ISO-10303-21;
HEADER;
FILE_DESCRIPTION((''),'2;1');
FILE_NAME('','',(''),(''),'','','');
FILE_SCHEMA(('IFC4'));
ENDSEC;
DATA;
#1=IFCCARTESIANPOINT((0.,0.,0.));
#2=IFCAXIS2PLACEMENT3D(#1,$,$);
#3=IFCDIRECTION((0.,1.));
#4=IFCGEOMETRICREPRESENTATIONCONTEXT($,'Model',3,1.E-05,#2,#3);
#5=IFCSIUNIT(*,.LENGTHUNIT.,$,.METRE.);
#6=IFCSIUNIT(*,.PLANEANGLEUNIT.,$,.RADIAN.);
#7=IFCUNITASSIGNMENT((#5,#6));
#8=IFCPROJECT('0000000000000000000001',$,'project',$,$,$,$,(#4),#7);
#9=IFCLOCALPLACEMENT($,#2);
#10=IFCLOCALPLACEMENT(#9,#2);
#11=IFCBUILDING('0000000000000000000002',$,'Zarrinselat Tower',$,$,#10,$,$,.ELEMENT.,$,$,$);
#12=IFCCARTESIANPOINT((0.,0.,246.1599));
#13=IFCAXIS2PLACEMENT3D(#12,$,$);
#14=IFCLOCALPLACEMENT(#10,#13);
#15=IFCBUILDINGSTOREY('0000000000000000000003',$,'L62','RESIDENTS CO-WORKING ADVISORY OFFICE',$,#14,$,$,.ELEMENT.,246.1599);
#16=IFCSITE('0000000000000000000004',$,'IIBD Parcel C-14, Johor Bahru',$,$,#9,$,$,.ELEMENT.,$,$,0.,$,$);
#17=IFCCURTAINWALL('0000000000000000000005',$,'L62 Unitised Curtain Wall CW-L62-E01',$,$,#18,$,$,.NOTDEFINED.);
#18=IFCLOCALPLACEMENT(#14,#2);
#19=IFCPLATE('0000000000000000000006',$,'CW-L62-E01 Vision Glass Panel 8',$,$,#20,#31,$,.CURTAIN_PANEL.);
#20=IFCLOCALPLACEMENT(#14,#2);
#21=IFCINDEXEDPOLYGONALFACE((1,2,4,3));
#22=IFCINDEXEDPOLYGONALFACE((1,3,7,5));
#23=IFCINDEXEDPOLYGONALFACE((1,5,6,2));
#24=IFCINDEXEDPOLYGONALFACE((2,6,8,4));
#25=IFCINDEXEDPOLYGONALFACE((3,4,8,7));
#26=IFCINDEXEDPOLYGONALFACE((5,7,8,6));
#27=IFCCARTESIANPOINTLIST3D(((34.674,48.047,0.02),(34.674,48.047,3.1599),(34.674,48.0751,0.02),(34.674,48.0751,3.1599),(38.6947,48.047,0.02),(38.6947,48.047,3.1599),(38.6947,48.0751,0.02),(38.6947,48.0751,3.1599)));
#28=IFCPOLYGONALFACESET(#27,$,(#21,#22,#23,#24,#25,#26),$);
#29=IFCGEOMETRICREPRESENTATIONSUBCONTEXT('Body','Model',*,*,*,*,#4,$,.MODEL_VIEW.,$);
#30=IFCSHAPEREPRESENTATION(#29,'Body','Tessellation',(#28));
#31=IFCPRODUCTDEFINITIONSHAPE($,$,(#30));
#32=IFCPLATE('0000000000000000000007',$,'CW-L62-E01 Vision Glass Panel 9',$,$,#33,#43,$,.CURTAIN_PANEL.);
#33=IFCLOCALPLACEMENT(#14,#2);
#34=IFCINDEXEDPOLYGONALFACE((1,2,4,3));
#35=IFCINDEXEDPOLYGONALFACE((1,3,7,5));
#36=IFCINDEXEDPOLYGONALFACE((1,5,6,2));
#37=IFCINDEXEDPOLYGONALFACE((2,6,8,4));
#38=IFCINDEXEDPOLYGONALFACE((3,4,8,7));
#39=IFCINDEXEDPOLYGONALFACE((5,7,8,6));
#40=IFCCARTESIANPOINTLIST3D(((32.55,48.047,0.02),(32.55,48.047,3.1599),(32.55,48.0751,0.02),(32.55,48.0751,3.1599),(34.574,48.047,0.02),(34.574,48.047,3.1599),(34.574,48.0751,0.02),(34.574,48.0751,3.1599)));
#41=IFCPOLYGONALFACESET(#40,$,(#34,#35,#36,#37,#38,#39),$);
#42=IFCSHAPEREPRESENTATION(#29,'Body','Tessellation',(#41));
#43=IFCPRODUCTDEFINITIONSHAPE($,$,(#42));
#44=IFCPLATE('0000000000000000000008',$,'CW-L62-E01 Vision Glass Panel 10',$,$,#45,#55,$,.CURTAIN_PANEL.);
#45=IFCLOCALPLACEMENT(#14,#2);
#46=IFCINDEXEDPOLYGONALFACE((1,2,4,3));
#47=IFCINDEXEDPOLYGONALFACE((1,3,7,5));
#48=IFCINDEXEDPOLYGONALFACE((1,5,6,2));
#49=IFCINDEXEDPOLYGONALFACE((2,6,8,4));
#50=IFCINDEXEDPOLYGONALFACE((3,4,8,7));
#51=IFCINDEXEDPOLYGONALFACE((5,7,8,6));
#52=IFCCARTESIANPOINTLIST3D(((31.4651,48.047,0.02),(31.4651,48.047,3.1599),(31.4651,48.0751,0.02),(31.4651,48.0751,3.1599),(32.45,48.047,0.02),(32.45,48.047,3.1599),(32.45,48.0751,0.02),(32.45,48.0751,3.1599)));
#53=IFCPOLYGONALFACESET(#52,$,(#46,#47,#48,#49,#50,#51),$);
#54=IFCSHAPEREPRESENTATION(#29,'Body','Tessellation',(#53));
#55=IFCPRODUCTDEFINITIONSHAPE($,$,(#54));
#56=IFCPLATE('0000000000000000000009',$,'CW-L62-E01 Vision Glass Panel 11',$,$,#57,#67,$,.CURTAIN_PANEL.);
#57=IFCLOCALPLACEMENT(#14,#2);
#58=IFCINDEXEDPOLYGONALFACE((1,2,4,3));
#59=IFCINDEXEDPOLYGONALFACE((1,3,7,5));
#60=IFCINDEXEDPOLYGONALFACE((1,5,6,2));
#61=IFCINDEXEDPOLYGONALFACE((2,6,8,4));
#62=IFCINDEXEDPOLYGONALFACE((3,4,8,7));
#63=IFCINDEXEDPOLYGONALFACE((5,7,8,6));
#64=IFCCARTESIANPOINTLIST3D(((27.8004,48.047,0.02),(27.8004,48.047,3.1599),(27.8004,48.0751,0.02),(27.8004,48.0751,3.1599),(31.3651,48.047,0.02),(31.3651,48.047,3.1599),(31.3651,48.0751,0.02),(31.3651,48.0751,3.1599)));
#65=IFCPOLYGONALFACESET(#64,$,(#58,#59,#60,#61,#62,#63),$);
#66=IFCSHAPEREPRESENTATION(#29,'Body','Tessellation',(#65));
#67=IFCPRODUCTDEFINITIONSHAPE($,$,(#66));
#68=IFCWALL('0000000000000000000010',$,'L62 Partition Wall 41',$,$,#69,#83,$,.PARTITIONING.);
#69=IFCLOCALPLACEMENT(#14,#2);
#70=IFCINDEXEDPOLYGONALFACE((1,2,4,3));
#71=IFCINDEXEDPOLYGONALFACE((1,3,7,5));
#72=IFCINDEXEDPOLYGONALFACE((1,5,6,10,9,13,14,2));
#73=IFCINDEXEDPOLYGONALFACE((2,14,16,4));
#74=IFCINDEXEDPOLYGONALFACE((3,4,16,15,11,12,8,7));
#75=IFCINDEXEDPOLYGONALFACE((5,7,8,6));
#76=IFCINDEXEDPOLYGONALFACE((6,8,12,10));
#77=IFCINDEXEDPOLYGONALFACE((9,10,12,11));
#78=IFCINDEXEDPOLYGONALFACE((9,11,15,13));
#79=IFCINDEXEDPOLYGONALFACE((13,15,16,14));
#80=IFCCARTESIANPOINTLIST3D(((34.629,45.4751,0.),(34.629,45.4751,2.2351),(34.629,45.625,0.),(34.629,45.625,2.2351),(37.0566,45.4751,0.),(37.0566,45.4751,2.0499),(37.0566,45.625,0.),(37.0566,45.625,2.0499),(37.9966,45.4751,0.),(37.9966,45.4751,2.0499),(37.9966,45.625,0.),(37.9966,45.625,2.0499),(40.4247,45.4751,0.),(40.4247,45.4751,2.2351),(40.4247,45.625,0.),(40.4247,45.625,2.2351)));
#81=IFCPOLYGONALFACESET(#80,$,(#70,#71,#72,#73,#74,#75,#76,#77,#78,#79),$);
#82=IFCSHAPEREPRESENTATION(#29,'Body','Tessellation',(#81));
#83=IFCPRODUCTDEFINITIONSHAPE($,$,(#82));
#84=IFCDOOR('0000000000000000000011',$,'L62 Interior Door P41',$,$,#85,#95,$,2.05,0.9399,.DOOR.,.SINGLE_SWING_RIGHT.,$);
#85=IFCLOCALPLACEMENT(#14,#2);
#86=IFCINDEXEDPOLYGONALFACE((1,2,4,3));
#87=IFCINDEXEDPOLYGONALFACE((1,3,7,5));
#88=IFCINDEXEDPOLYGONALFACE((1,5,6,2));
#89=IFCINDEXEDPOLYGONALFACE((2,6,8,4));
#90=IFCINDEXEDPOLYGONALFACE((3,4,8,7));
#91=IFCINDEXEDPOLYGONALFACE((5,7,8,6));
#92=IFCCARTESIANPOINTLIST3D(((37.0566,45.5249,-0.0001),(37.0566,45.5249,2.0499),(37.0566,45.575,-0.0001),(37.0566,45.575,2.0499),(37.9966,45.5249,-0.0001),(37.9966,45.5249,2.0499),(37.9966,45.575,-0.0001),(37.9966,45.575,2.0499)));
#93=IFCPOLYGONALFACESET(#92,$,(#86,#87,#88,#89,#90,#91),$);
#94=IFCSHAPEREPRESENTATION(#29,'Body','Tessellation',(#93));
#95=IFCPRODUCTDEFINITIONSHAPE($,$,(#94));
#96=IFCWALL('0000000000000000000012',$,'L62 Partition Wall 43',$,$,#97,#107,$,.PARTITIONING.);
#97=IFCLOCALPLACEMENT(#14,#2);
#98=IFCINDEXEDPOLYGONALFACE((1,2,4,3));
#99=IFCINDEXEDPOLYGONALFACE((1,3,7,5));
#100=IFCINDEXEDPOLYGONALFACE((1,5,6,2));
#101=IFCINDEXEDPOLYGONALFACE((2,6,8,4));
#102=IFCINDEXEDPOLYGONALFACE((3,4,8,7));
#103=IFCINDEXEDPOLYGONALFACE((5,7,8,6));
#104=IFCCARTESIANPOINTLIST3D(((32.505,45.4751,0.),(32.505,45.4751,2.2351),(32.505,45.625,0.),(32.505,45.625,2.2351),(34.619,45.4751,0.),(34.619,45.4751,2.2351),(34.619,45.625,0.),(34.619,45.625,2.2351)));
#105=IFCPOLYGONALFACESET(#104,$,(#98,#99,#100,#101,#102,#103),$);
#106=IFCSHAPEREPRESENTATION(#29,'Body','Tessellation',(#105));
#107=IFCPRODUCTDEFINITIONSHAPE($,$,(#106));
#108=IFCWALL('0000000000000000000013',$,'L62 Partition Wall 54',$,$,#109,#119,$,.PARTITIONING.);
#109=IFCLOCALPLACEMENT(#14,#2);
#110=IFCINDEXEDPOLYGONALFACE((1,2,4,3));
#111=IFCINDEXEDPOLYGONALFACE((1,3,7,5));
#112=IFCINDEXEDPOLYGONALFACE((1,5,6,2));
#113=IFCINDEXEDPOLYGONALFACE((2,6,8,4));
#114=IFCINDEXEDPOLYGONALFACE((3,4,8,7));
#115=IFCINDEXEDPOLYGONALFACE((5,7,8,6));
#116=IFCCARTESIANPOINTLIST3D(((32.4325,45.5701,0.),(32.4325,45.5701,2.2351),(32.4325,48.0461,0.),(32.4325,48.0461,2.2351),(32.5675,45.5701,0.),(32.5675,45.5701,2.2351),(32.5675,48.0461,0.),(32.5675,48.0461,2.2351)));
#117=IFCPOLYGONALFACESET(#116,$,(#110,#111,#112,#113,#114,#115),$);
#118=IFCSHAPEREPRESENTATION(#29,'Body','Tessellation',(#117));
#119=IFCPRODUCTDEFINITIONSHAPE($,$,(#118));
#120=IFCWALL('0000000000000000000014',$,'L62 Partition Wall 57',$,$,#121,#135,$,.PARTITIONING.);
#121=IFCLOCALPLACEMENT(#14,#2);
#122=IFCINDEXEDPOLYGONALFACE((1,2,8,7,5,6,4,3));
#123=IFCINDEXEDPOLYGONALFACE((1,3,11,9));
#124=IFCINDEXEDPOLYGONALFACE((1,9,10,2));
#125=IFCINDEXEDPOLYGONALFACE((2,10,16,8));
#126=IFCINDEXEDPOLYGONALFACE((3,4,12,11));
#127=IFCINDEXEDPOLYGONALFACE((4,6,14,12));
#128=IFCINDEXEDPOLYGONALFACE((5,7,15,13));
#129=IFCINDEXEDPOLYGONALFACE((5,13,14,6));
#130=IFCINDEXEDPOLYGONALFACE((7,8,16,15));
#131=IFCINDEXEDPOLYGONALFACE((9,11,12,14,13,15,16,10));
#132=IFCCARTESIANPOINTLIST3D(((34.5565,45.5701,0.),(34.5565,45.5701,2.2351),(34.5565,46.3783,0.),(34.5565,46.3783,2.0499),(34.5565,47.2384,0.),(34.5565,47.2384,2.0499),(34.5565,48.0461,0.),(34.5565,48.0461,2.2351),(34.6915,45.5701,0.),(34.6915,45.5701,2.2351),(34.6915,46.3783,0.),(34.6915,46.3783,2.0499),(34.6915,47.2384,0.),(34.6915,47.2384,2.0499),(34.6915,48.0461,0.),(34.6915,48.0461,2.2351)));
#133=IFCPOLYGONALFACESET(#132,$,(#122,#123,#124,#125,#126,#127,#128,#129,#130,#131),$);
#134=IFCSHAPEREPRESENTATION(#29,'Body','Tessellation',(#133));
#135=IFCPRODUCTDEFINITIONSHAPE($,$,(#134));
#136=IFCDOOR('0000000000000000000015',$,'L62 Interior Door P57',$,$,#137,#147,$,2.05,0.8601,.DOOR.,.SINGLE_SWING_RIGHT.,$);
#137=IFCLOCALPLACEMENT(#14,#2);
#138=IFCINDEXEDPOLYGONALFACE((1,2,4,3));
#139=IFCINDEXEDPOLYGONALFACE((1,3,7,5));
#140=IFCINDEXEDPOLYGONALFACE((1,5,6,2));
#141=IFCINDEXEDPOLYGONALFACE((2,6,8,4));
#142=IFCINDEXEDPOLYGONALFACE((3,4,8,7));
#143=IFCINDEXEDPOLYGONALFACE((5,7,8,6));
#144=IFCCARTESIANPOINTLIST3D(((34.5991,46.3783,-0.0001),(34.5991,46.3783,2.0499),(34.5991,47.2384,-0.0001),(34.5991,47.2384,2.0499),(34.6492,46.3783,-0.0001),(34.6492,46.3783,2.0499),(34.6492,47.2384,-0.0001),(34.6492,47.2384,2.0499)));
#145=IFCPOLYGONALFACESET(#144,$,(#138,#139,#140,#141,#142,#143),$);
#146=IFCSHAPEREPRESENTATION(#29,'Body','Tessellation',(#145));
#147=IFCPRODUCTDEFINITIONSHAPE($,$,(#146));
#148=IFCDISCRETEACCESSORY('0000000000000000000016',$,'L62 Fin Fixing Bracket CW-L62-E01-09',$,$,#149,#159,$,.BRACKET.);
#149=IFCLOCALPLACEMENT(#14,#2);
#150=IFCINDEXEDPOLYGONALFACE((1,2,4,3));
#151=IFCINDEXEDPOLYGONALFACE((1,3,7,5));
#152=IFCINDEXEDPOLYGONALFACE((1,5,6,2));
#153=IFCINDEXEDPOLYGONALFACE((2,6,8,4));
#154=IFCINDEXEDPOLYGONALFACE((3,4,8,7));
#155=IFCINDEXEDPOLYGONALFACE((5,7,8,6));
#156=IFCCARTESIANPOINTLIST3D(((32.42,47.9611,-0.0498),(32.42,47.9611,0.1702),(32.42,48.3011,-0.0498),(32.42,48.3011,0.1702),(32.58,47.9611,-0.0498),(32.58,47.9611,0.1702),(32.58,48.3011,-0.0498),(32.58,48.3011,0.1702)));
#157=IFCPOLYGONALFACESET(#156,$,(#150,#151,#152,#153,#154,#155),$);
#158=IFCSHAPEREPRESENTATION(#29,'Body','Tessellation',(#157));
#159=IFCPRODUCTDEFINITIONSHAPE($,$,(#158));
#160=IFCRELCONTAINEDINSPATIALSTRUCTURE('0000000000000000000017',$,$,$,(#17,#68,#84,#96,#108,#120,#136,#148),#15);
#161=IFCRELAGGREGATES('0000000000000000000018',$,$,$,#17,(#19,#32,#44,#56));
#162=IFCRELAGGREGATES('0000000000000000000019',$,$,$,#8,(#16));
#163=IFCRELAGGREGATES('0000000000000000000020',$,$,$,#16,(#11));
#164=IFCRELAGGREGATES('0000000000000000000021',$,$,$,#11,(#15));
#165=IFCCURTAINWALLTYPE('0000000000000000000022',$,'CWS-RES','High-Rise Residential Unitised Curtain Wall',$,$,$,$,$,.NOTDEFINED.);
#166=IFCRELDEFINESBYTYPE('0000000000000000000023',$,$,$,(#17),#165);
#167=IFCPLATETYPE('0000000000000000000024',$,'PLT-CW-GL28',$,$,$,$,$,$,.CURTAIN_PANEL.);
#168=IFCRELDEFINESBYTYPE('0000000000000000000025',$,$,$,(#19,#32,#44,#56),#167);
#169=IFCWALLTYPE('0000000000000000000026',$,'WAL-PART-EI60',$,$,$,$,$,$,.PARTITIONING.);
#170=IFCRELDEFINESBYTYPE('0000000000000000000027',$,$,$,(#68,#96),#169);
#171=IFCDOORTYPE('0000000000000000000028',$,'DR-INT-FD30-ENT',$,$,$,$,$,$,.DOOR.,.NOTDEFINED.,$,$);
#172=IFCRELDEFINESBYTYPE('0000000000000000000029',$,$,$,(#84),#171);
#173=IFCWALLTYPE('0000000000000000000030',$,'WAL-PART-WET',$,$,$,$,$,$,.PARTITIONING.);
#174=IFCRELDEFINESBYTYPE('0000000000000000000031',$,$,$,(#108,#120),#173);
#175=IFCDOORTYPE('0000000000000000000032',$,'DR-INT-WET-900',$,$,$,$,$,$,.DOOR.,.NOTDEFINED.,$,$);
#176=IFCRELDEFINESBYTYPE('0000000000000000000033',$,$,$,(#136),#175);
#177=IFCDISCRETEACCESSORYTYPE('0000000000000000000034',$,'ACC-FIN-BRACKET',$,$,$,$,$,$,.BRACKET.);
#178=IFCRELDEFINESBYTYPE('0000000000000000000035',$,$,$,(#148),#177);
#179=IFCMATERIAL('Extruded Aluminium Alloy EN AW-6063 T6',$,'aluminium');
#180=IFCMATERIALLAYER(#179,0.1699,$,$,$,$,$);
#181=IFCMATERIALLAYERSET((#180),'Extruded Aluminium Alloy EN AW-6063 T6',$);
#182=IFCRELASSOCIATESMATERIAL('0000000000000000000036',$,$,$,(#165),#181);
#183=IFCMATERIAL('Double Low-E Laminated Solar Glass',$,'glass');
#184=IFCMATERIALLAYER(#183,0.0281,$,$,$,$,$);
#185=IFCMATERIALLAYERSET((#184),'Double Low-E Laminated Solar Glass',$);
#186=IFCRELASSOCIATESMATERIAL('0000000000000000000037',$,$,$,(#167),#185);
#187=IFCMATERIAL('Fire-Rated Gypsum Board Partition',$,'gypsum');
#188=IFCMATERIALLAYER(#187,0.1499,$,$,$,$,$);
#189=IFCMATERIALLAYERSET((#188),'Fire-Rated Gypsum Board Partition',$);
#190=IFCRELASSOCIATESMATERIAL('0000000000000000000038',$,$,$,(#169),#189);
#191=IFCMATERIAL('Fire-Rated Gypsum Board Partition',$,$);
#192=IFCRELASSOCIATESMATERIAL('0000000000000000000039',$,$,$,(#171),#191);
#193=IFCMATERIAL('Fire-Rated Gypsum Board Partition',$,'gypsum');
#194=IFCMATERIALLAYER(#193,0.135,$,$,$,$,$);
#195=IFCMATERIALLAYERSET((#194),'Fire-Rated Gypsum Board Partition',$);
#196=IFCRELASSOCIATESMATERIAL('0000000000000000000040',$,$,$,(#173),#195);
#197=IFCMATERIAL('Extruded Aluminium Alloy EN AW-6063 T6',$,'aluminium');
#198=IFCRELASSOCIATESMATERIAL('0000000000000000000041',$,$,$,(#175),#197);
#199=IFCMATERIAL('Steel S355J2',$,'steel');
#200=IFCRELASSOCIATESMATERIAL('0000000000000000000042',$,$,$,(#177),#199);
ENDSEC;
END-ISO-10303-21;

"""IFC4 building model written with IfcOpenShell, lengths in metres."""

from ifc_helpers import new_model, si_unit, direction, frame, frame_2d, origin, origin_2d, place, context, subcontext, project, spatial, rectangle, extrude, material, layer, layer_set, type_object, element, fill, aggregate, save


model = new_model("IFC4")

# Units and contexts
model_context = context("Model", 3, precision=1e-05, world=origin(), true_north=direction((0.0, 1.0)))
body_context = subcontext(model_context, "Body", "Model", "MODEL_VIEW")
ifc_project = project(units=[si_unit("LENGTHUNIT", "METRE"), si_unit("PLANEANGLEUNIT", "RADIAN")], contexts=[model_context])

# Site, building, storey
site_placement = place(None, origin())
site = spatial("IfcSite", under=ifc_project, at=site_placement, Name="IIBD Parcel C-14, Johor Bahru", CompositionType="ELEMENT", RefElevation=0.0)
building_placement = place(site_placement, origin())
building = spatial("IfcBuilding", under=site, at=building_placement, Name="Zarrinselat Tower", CompositionType="ELEMENT")
storey_placement = place(building_placement, frame((0.0, 0.0, 246.1599)))
storey = spatial("IfcBuildingStorey", under=building, at=storey_placement, Name="L62", Description="RESIDENTS CO-WORKING ADVISORY OFFICE", CompositionType="ELEMENT", Elevation=246.1599)

# Curtain wall, plates
ifc_material_1 = material(Name="Extruded Aluminium Alloy EN AW-6063 T6", Category="aluminium")
ifc_layer_1 = layer(ifc_material_1, 0.1699)
ifc_layer_set_1 = layer_set([ifc_layer_1], Name="Extruded Aluminium Alloy EN AW-6063 T6")
curtain_wall_type = type_object("IfcCurtainWallType", Name="CWS-RES", Description="High-Rise Residential Unitised Curtain Wall", PredefinedType="NOTDEFINED", material=ifc_layer_set_1)
curtain_wall_placement = place(storey_placement, origin())
curtain_wall = element("IfcCurtainWall", 1, at=curtain_wall_placement, inside=storey, type_object=curtain_wall_type, Name="L62 Unitised Curtain Wall CW-L62-E01", PredefinedType="NOTDEFINED")
ifc_material_2 = material(Name="Double Low-E Laminated Solar Glass", Category="glass")
ifc_layer_2 = layer(ifc_material_2, 0.0281)
ifc_layer_set_2 = layer_set([ifc_layer_2], Name="Double Low-E Laminated Solar Glass")
plate_type = type_object("IfcPlateType", Name="PLT-CW-GL28", PredefinedType="CURTAIN_PANEL", material=ifc_layer_set_2)
plate_1_placement = place(storey_placement, frame((36.6843, 48.061, 0.02), z_axis=(0.0, 0.0, 1.0), x_axis=(-1.0, 0.0, 0.0)))
plate_1 = element("IfcPlate", 2, at=plate_1_placement, type_object=plate_type, Name="CW-L62-E01 Vision Glass Panel 8", PredefinedType="CURTAIN_PANEL", context=body_context, shape_type="SweptSolid", body=[
    extrude(rectangle(XDim=4.0208, YDim=0.0281, at=origin_2d()), origin(), (0.0, 0.0, 1.0), 3.1399),
])
plate_2_placement = place(storey_placement, frame((33.562, 48.061, 0.02), z_axis=(0.0, 0.0, 1.0), x_axis=(-1.0, 0.0, 0.0)))
plate_2 = element("IfcPlate", 3, at=plate_2_placement, type_object=plate_type, Name="CW-L62-E01 Vision Glass Panel 9", PredefinedType="CURTAIN_PANEL", context=body_context, shape_type="SweptSolid", body=[
    extrude(rectangle(XDim=2.0239, YDim=0.0281, at=origin_2d()), origin(), (0.0, 0.0, 1.0), 3.1399),
])
plate_3_placement = place(storey_placement, frame((31.9575, 48.061, 0.02), z_axis=(0.0, 0.0, 1.0), x_axis=(-1.0, 0.0, 0.0)))
plate_3 = element("IfcPlate", 4, at=plate_3_placement, type_object=plate_type, Name="CW-L62-E01 Vision Glass Panel 10", PredefinedType="CURTAIN_PANEL", context=body_context, shape_type="SweptSolid", body=[
    extrude(rectangle(XDim=0.9849, YDim=0.0281, at=origin_2d()), origin(), (0.0, 0.0, 1.0), 3.1399),
])
plate_4_placement = place(storey_placement, frame((29.5828, 48.061, 0.02), z_axis=(0.0, 0.0, 1.0), x_axis=(-1.0, 0.0, 0.0)))
plate_4 = element("IfcPlate", 5, at=plate_4_placement, type_object=plate_type, Name="CW-L62-E01 Vision Glass Panel 11", PredefinedType="CURTAIN_PANEL", context=body_context, shape_type="SweptSolid", body=[
    extrude(rectangle(XDim=3.5647, YDim=0.0281, at=origin_2d()), origin(), (0.0, 0.0, 1.0), 3.1399),
])
aggregate(curtain_wall, [plate_1, plate_2, plate_3, plate_4])

# Wall, opening, door
ifc_material_3 = material(Name="Fire-Rated Gypsum Board Partition", Category="gypsum")
ifc_layer_3 = layer(ifc_material_3, 0.1499)
ifc_layer_set_3 = layer_set([ifc_layer_3], Name="Fire-Rated Gypsum Board Partition")
wall_type_1 = type_object("IfcWallType", Name="WAL-PART-EI60", PredefinedType="PARTITIONING", material=ifc_layer_set_3)
wall_1_placement = place(storey_placement, frame((34.6289, 45.55, 0.0), z_axis=(0.0, 0.0, 1.0), x_axis=(1.0, 0.0, 0.0)))
wall_1 = element("IfcWall", 6, at=wall_1_placement, inside=storey, type_object=wall_type_1, Name="L62 Partition Wall 41", PredefinedType="PARTITIONING", context=body_context, shape_type="SweptSolid", body=[
    extrude(rectangle(XDim=5.7957, YDim=0.1499, at=frame_2d((2.8979, 0.0))), origin(), (0.0, 0.0, 1.0), 2.2351),
])
opening_1_placement = place(wall_1_placement, frame((2.4277, 0.0, 0.0)))
opening_1 = element("IfcOpeningElement", 7, at=opening_1_placement, cuts=wall_1, PredefinedType="OPENING", context=body_context, shape_type="SweptSolid", body=[
    extrude(rectangle(XDim=0.9399, YDim=2.05, at=frame_2d((0.47, 1.0249))), frame((0.0, 0.085, 0.0), z_axis=(0.0, -1.0, 0.0), x_axis=(1.0, 0.0, 0.0)), (0.0, 0.0, 1.0), 0.1699),
])
ifc_material_4 = material(Name="Fire-Rated Gypsum Board Partition")
door_type_1 = type_object("IfcDoorType", Name="DR-INT-FD30-ENT", OperationType="NOTDEFINED", PredefinedType="DOOR", material=ifc_material_4)
door_1_placement = place(opening_1_placement, origin())
door_1 = element("IfcDoor", 8, at=door_1_placement, inside=storey, type_object=door_type_1, Name="L62 Interior Door P41", OperationType="SINGLE_SWING_RIGHT", OverallHeight=2.05, OverallWidth=0.9399, PredefinedType="DOOR", context=body_context, shape_type="SweptSolid", body=[
    extrude(rectangle(XDim=0.9399, YDim=2.05, at=frame_2d((0.47, 1.0249))), frame((0.0, 0.0249, 0.0), z_axis=(0.0, -1.0, 0.0), x_axis=(1.0, 0.0, 0.0)), (0.0, 0.0, 1.0), 0.05),
])
fill(opening_1, door_1)

# Walls
wall_2_placement = place(storey_placement, frame((32.5049, 45.55, 0.0), z_axis=(0.0, 0.0, 1.0), x_axis=(1.0, 0.0, 0.0)))
element("IfcWall", 9, at=wall_2_placement, inside=storey, type_object=wall_type_1, Name="L62 Partition Wall 43", PredefinedType="PARTITIONING", context=body_context, shape_type="SweptSolid", body=[
    extrude(rectangle(XDim=2.114, YDim=0.1499, at=frame_2d((1.0571, 0.0))), origin(), (0.0, 0.0, 1.0), 2.2351),
])
ifc_material_5 = material(Name="Fire-Rated Gypsum Board Partition", Category="gypsum")
ifc_layer_4 = layer(ifc_material_5, 0.135)
ifc_layer_set_4 = layer_set([ifc_layer_4], Name="Fire-Rated Gypsum Board Partition")
wall_type_2 = type_object("IfcWallType", Name="WAL-PART-WET", PredefinedType="PARTITIONING", material=ifc_layer_set_4)
wall_3_placement = place(storey_placement, frame((32.5, 45.5701, 0.0), z_axis=(0.0, 0.0, 1.0), x_axis=(0.0, 1.0, 0.0)))
element("IfcWall", 10, at=wall_3_placement, inside=storey, type_object=wall_type_2, Name="L62 Partition Wall 54", PredefinedType="PARTITIONING", context=body_context, shape_type="SweptSolid", body=[
    extrude(rectangle(XDim=2.4761, YDim=0.135, at=frame_2d((1.238, 0.0))), origin(), (0.0, 0.0, 1.0), 2.2351),
])

# Wall, opening, door
wall_4_placement = place(storey_placement, frame((34.624, 45.5701, 0.0), z_axis=(0.0, 0.0, 1.0), x_axis=(0.0, 1.0, 0.0)))
wall_4 = element("IfcWall", 11, at=wall_4_placement, inside=storey, type_object=wall_type_2, Name="L62 Partition Wall 57", PredefinedType="PARTITIONING", context=body_context, shape_type="SweptSolid", body=[
    extrude(rectangle(XDim=2.4761, YDim=0.135, at=frame_2d((1.238, 0.0))), origin(), (0.0, 0.0, 1.0), 2.2351),
])
opening_2_placement = place(wall_4_placement, frame((0.8081, 0.0, 0.0)))
opening_2 = element("IfcOpeningElement", 12, at=opening_2_placement, cuts=wall_4, PredefinedType="OPENING", context=body_context, shape_type="SweptSolid", body=[
    extrude(rectangle(XDim=0.8601, YDim=2.05, at=frame_2d((0.4302, 1.0249))), frame((0.0, 0.0774, 0.0), z_axis=(0.0, -1.0, 0.0), x_axis=(1.0, 0.0, 0.0)), (0.0, 0.0, 1.0), 0.155),
])
ifc_material_6 = material(Name="Extruded Aluminium Alloy EN AW-6063 T6", Category="aluminium")
door_type_2 = type_object("IfcDoorType", Name="DR-INT-WET-900", OperationType="NOTDEFINED", PredefinedType="DOOR", material=ifc_material_6)
door_2_placement = place(opening_2_placement, origin())
door_2 = element("IfcDoor", 13, at=door_2_placement, inside=storey, type_object=door_type_2, Name="L62 Interior Door P57", OperationType="SINGLE_SWING_RIGHT", OverallHeight=2.05, OverallWidth=0.8601, PredefinedType="DOOR", context=body_context, shape_type="SweptSolid", body=[
    extrude(rectangle(XDim=0.8601, YDim=2.05, at=frame_2d((0.4302, 1.0249))), frame((0.0, 0.0249, 0.0), z_axis=(0.0, -1.0, 0.0), x_axis=(1.0, 0.0, 0.0)), (0.0, 0.0, 1.0), 0.05),
])
fill(opening_2, door_2)

# Discrete accessory
ifc_material_7 = material(Name="Steel S355J2", Category="steel")
discrete_accessory_type = type_object("IfcDiscreteAccessoryType", Name="ACC-FIN-BRACKET", PredefinedType="BRACKET", material=ifc_material_7)
discrete_accessory_placement = place(storey_placement, frame((32.5, 48.1311, -0.0498), z_axis=(0.0, 0.0, 1.0), x_axis=(0.0, 1.0, 0.0)))
element("IfcDiscreteAccessory", 14, at=discrete_accessory_placement, inside=storey, type_object=discrete_accessory_type, Name="L62 Fin Fixing Bracket CW-L62-E01-09", PredefinedType="BRACKET", context=body_context, shape_type="SweptSolid", body=[
    extrude(rectangle(XDim=0.3401, YDim=0.1599, at=origin_2d()), origin(), (0.0, 0.0, 1.0), 0.22),
])

save(model, "model.ifc")
